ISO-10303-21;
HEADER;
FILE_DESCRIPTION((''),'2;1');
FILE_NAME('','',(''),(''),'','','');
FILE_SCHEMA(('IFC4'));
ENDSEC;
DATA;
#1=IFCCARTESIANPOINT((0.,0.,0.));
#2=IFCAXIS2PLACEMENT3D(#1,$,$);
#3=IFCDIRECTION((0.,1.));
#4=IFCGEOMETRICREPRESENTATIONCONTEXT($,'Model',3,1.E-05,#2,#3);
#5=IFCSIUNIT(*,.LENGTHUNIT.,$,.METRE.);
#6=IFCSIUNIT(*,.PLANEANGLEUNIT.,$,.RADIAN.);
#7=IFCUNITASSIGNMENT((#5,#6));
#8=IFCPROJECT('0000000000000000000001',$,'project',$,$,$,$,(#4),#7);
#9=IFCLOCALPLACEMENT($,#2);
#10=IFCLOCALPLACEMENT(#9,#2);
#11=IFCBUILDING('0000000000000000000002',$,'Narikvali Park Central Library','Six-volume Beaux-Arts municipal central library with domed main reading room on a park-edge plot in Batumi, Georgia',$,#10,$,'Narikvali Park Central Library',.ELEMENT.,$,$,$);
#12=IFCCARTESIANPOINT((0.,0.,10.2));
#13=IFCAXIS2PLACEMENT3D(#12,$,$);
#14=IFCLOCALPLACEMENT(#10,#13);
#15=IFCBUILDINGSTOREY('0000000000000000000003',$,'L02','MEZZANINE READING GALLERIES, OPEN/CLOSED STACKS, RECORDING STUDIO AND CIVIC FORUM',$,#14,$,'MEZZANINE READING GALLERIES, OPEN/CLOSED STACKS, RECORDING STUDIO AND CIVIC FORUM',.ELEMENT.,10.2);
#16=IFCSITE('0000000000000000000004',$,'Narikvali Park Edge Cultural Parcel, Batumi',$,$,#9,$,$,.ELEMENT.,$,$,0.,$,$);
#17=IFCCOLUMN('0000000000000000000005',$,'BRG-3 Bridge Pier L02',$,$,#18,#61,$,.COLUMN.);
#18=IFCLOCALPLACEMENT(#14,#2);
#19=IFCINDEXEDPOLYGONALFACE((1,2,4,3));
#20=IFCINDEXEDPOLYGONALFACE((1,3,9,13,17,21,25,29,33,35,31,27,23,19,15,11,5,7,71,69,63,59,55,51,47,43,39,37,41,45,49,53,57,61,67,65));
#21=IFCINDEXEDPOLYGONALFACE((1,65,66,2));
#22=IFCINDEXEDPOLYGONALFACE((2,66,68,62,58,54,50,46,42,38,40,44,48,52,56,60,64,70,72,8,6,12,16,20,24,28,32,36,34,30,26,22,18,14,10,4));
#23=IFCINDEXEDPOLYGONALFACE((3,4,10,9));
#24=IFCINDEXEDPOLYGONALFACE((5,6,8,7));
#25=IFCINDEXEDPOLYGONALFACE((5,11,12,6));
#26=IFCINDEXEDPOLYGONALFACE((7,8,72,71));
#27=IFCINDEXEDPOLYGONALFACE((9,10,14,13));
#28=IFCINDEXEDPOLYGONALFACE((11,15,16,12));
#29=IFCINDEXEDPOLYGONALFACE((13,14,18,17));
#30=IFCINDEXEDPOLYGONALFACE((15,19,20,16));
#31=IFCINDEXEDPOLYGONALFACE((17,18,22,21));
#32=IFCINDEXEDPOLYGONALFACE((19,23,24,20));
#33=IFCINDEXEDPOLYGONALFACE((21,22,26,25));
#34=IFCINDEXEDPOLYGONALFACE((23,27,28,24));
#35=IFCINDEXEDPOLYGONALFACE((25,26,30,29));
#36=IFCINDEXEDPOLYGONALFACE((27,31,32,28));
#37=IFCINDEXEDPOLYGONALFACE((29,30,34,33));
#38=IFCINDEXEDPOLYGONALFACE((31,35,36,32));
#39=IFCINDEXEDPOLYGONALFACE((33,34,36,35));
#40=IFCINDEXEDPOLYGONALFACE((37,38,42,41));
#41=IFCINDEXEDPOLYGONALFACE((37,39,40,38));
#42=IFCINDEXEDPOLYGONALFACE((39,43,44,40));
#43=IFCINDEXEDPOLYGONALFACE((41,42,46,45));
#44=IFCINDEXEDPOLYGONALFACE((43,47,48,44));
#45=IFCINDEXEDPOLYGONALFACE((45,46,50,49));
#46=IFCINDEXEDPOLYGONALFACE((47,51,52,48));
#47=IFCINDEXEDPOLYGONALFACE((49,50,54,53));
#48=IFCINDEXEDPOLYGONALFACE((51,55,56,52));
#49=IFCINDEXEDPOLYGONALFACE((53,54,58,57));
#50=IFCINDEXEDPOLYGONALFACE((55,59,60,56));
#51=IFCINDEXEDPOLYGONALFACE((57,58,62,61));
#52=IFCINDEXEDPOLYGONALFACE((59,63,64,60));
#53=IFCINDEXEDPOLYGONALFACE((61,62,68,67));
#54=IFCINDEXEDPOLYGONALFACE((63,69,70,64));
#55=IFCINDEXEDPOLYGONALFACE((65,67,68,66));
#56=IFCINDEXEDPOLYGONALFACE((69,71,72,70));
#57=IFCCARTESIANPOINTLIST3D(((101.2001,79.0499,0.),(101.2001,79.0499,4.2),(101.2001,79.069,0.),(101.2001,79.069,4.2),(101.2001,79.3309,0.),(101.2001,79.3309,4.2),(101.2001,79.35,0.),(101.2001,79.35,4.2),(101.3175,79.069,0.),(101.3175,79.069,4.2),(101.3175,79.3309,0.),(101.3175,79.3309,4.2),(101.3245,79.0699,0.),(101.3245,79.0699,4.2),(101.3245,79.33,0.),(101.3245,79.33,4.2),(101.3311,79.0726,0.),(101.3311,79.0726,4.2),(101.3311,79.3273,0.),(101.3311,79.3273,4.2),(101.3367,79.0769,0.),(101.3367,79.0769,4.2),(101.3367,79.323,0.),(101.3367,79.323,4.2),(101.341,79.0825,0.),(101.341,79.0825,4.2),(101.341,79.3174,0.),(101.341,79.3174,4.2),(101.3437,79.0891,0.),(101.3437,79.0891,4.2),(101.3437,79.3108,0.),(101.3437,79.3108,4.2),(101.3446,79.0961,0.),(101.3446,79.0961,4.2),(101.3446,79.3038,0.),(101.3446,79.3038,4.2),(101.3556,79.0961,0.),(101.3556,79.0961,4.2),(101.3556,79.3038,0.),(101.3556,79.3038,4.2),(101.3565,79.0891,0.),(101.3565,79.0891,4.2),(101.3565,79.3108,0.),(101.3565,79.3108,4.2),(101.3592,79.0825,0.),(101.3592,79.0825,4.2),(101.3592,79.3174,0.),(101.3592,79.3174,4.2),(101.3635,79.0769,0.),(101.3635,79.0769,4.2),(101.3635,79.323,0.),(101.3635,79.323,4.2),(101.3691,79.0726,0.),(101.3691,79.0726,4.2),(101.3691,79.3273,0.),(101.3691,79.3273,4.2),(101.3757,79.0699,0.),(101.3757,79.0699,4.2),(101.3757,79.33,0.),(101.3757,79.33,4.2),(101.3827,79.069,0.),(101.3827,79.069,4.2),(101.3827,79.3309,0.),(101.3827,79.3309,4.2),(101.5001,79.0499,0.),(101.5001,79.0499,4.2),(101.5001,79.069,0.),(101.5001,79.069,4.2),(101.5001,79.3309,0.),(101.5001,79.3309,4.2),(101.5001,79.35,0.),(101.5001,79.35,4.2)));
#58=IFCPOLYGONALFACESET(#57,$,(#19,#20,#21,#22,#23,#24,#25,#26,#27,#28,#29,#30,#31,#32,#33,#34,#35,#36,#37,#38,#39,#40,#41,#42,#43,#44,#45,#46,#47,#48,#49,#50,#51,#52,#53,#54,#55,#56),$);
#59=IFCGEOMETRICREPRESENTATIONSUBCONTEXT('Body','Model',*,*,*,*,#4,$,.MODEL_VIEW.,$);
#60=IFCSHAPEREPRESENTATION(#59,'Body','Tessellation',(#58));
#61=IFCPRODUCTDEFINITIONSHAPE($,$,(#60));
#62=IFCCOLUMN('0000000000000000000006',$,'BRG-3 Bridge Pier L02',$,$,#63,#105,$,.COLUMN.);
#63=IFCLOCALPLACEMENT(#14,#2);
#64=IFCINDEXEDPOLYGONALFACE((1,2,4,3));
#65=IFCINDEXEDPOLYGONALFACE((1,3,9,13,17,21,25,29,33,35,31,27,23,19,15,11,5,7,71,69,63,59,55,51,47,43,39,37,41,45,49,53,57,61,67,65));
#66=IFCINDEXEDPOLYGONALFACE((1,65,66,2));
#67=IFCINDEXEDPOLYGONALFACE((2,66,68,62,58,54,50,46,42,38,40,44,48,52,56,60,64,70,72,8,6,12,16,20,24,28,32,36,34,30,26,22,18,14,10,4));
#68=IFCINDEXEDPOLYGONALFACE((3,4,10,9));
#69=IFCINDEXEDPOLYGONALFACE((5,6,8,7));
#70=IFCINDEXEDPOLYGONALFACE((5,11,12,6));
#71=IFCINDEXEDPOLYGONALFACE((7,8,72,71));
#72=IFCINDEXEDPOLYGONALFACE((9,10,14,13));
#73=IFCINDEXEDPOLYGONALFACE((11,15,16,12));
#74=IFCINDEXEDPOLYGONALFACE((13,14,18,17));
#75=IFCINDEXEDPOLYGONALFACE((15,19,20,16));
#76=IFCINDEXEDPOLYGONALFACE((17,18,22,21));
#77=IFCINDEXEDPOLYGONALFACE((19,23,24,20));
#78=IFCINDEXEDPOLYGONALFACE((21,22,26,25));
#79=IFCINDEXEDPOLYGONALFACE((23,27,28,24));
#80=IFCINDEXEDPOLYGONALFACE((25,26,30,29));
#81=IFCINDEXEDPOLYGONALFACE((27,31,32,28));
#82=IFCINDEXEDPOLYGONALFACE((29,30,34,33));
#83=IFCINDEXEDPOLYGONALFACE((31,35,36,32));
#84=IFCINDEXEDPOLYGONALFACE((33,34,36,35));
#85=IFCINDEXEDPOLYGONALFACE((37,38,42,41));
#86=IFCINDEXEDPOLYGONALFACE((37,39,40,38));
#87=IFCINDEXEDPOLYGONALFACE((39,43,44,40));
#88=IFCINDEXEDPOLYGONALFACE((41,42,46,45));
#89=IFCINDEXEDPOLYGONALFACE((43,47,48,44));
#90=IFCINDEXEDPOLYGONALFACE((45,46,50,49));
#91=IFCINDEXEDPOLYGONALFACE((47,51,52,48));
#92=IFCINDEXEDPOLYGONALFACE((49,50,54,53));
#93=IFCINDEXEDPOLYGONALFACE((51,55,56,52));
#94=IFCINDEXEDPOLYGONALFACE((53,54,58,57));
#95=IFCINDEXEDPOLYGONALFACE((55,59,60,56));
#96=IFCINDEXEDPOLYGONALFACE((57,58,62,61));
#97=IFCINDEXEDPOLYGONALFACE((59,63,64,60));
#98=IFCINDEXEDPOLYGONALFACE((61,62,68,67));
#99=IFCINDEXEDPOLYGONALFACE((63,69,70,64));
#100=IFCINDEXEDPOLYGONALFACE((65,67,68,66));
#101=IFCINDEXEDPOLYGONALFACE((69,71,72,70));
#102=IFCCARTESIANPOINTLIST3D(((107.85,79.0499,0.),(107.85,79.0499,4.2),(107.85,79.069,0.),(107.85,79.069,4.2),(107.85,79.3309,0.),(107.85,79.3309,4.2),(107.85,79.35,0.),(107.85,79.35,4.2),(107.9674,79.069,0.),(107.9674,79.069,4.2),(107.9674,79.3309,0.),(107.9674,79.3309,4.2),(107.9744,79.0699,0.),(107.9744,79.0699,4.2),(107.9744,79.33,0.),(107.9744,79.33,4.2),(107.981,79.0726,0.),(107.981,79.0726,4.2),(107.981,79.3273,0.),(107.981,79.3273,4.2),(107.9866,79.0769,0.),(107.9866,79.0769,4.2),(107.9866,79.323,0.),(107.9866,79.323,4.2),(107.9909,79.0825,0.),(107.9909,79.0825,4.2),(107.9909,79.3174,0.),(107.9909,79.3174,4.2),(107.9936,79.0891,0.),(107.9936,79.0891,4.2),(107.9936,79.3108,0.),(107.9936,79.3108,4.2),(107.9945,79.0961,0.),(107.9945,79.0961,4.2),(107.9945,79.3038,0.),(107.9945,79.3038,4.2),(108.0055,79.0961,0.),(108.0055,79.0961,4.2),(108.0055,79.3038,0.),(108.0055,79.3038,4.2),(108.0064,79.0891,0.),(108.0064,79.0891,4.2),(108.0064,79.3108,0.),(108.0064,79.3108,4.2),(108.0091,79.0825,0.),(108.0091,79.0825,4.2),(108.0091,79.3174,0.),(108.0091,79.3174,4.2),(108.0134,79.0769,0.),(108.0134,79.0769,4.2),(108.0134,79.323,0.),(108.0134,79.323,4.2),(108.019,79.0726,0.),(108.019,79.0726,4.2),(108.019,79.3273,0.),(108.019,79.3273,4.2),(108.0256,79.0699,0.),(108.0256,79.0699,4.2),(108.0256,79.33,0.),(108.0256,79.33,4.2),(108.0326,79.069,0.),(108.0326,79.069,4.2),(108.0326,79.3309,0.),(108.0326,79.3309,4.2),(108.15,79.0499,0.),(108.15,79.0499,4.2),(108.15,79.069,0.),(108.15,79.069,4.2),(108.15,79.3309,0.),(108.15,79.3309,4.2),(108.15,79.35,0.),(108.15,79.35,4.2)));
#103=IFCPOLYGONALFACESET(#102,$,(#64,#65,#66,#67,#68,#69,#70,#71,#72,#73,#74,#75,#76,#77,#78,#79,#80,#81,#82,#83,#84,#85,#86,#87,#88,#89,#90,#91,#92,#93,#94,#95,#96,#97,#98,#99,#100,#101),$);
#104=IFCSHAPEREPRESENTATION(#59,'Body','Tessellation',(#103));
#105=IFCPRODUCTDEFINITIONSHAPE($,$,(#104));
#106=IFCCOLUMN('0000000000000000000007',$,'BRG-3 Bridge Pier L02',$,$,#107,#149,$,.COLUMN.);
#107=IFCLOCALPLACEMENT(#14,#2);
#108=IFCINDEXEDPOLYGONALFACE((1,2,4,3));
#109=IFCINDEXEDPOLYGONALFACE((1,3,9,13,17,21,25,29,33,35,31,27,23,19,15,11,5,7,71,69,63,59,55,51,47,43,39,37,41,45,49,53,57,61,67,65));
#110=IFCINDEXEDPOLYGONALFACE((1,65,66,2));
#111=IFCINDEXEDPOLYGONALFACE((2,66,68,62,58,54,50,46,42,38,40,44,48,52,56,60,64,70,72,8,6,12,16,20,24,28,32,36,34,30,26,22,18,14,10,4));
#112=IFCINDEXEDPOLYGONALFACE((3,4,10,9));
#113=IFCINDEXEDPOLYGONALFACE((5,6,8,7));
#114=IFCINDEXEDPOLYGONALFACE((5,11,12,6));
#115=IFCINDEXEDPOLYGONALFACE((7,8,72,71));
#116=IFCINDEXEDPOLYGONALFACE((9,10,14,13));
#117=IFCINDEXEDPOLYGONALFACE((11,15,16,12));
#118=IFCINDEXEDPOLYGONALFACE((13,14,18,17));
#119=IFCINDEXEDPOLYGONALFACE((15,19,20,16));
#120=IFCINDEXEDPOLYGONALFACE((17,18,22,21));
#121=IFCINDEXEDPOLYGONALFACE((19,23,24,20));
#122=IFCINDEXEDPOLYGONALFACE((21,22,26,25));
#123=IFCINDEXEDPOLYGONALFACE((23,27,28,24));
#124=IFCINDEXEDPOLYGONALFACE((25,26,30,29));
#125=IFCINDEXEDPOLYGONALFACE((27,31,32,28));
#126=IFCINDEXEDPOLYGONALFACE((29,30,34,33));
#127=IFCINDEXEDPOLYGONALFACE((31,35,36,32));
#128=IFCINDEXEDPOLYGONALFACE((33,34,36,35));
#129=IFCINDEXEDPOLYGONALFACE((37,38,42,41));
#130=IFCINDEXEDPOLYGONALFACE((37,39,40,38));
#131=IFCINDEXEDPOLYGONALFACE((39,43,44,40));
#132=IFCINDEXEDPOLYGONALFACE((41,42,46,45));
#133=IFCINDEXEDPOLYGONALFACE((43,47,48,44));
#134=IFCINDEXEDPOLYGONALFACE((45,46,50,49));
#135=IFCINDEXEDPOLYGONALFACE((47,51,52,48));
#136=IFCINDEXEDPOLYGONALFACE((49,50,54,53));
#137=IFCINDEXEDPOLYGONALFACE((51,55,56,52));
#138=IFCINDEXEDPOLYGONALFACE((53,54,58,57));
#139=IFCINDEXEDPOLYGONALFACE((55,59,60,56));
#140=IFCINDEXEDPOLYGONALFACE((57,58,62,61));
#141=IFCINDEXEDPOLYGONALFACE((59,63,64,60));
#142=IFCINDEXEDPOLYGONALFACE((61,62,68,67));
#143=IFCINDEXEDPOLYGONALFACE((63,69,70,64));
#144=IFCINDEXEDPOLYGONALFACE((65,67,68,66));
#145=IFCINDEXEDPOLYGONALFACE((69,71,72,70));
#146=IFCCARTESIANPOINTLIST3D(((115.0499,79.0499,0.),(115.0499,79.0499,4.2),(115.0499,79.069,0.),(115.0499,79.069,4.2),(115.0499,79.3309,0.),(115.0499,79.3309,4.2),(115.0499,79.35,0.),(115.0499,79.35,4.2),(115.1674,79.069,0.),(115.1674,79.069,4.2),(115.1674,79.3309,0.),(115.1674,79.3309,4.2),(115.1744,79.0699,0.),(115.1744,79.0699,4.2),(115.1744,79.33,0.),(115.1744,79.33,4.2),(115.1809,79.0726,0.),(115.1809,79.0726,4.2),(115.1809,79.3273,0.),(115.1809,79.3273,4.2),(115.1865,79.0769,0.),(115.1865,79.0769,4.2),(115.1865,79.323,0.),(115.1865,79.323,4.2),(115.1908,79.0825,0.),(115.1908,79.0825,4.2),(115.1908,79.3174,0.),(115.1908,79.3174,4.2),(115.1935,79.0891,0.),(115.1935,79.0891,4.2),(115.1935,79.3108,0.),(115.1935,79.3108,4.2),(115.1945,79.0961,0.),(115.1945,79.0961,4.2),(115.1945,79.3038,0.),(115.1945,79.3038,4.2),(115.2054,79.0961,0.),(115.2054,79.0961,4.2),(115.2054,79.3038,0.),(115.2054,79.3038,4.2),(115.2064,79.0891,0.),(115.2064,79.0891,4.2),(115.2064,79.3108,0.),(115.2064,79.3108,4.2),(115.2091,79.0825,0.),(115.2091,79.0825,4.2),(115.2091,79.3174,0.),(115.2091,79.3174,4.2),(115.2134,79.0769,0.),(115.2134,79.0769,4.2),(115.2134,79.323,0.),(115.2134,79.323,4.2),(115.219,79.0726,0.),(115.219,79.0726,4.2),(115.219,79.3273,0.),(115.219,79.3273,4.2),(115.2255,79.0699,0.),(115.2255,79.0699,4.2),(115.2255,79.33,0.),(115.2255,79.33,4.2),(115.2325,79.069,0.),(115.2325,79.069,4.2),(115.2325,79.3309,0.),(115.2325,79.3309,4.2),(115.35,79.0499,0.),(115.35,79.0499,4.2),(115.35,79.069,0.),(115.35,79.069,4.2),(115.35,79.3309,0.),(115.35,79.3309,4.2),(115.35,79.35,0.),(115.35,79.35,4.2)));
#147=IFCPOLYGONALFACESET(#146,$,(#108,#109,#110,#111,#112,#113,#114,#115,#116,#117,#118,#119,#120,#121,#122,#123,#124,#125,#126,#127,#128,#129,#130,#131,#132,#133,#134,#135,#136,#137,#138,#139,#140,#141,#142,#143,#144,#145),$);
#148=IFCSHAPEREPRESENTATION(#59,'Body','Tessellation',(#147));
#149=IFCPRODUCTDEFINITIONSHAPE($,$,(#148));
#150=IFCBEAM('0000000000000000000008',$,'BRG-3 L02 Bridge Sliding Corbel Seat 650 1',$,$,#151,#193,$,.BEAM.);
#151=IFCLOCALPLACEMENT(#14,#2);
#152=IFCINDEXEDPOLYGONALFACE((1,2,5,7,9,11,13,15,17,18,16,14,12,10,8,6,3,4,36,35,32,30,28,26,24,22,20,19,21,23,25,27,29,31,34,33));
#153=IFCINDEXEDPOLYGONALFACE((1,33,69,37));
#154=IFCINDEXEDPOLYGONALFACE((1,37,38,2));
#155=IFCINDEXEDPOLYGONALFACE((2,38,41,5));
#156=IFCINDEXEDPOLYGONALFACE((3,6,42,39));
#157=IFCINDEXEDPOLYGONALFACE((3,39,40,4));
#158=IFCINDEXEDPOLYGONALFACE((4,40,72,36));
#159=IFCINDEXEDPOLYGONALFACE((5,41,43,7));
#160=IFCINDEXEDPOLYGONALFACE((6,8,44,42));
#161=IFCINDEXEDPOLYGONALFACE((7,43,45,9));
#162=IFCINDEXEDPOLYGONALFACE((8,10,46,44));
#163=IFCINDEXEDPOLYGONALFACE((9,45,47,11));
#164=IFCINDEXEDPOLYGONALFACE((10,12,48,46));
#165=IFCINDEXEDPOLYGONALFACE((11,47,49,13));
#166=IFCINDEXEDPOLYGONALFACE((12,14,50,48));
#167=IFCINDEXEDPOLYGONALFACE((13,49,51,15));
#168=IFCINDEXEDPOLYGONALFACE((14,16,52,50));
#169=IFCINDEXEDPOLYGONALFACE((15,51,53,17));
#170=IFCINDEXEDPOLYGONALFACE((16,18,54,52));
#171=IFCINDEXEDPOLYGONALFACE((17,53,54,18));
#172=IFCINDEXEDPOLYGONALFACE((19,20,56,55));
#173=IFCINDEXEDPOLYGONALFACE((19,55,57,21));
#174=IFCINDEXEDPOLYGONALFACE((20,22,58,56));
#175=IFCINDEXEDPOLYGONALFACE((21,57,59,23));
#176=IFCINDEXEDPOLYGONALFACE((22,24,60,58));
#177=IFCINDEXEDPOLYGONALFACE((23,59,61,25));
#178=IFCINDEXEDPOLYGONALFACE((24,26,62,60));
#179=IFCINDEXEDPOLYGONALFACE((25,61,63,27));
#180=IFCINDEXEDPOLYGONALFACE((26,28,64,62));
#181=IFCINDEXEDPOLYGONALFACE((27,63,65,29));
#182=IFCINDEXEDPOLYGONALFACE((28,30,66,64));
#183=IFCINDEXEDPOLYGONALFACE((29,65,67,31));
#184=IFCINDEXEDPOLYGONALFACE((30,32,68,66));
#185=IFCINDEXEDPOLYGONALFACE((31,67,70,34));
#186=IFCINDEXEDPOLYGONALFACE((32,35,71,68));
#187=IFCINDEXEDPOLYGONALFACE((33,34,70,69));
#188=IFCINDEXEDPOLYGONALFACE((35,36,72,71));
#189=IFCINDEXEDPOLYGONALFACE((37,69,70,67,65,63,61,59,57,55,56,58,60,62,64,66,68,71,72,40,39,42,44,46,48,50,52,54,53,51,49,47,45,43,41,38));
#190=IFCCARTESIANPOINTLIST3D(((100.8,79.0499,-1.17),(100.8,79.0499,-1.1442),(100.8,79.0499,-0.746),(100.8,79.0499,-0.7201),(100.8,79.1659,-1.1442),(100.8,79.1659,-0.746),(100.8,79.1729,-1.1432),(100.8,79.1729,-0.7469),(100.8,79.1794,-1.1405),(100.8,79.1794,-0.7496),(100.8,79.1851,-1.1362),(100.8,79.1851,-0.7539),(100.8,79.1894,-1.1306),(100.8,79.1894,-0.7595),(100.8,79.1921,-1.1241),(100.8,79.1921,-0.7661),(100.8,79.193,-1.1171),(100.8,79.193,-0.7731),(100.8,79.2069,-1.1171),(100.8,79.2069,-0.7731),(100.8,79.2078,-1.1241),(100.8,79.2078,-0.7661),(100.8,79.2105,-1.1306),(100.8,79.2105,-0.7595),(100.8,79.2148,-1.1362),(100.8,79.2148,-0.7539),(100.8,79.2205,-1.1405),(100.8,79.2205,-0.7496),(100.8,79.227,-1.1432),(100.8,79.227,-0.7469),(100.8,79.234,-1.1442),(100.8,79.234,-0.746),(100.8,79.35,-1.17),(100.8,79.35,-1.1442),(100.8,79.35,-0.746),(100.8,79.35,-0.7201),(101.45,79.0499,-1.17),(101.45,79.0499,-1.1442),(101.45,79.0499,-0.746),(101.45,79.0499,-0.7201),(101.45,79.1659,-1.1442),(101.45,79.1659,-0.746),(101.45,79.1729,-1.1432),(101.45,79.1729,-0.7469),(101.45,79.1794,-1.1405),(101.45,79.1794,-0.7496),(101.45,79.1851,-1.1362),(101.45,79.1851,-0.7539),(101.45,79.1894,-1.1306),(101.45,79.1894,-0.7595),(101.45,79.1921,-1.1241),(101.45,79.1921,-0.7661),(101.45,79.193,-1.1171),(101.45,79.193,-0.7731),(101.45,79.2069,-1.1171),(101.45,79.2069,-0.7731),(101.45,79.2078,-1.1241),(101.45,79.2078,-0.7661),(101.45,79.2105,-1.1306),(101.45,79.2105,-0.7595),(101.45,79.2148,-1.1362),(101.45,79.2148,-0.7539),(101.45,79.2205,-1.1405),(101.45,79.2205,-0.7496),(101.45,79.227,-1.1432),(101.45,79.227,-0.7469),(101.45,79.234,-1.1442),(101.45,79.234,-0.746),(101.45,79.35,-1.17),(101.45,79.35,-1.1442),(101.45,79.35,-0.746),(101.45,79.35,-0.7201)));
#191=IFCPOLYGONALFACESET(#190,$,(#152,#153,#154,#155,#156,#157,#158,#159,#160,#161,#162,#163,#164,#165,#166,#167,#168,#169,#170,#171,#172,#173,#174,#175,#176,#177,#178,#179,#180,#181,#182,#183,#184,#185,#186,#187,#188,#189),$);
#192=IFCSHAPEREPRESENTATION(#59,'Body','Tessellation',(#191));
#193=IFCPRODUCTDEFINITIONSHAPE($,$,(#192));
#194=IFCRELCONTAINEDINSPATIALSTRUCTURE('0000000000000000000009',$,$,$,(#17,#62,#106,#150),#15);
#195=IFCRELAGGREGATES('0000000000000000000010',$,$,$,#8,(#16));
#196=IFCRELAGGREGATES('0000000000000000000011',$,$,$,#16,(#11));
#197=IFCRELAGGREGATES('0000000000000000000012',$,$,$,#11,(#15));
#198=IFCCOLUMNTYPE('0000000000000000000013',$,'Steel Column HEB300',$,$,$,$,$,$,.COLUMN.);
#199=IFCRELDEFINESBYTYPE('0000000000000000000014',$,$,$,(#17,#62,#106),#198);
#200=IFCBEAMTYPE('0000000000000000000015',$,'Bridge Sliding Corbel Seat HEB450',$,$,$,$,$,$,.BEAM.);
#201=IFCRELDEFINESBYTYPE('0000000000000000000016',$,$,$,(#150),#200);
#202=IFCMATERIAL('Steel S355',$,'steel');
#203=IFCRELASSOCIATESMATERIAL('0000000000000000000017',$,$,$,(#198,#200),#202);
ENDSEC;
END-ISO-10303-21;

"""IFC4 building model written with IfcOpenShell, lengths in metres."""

from ifc_helpers import new_model, si_unit, direction, frame, origin, origin_2d, place, context, subcontext, project, spatial, i_section, extrude, material, material_profile, profile_set, type_object, element, save


model = new_model("IFC4")

# Units and contexts
model_context = context("Model", 3, precision=1e-05, world=origin(), true_north=direction((0.0, 1.0)))
body_context = subcontext(model_context, "Body", "Model", "MODEL_VIEW")
ifc_project = project(units=[si_unit("LENGTHUNIT", "METRE"), si_unit("PLANEANGLEUNIT", "RADIAN")], contexts=[model_context])

# Site, building, storey
site_placement = place(None, origin())
site = spatial("IfcSite", under=ifc_project, at=site_placement, Name="Narikvali Park Edge Cultural Parcel, Batumi", CompositionType="ELEMENT", RefElevation=0.0)
building_placement = place(site_placement, origin())
building = spatial("IfcBuilding", under=site, at=building_placement, Name="Narikvali Park Central Library", Description="Six-volume Beaux-Arts municipal central library with domed main reading room on a park-edge plot in Batumi, Georgia", LongName="Narikvali Park Central Library", CompositionType="ELEMENT")
storey_placement = place(building_placement, frame((0.0, 0.0, 10.2)))
storey = spatial("IfcBuildingStorey", under=building, at=storey_placement, Name="L02", Description="MEZZANINE READING GALLERIES, OPEN/CLOSED STACKS, RECORDING STUDIO AND CIVIC FORUM", LongName="MEZZANINE READING GALLERIES, OPEN/CLOSED STACKS, RECORDING STUDIO AND CIVIC FORUM", CompositionType="ELEMENT", Elevation=10.2)

# Columns
ifc_material_1 = material(Name="Steel S355", Category="steel")
ifc_material_profile_1 = material_profile(ifc_material_1, i_section(OverallWidth=0.3, OverallDepth=0.3, WebThickness=0.011, FlangeThickness=0.019, FilletRadius=0.0271, at=origin_2d()), Name="HEB 300")
ifc_profile_set_1 = profile_set([ifc_material_profile_1], Name="Steel S355")
column_type = type_object("IfcColumnType", Name="Steel Column HEB300", PredefinedType="COLUMN", material=ifc_profile_set_1)
for number, where, z_axis, x_axis, name in (
    (1, (101.3501, 79.2, 0.0), (0.0, 0.0, 1.0), (1.0, 0.0, 0.0), "BRG-3 Bridge Pier L02"),
    (2, (108.0, 79.2, 0.0), (0.0, 0.0, 1.0), (1.0, 0.0, 0.0), "BRG-3 Bridge Pier L02"),
    (3, (115.2, 79.2, 0.0), (0.0, 0.0, 1.0), (1.0, 0.0, 0.0), "BRG-3 Bridge Pier L02"),
):
    element("IfcColumn", number, at=place(storey_placement, frame(where, z_axis=z_axis, x_axis=x_axis)), inside=storey, type_object=column_type, Name=name, PredefinedType="COLUMN", context=body_context, shape_type="SweptSolid", body=[
        extrude(i_section(OverallWidth=0.3, OverallDepth=0.3, WebThickness=0.011, FlangeThickness=0.019, FilletRadius=0.0271, at=origin_2d()), origin(), (0.0, 0.0, 1.0), 4.2),
    ])

# Beam
ifc_material_profile_2 = material_profile(ifc_material_1, i_section(OverallWidth=0.3, OverallDepth=0.45, WebThickness=0.0139, FlangeThickness=0.0259, FilletRadius=0.0271, at=origin_2d()), Name="HEB 450")
ifc_profile_set_2 = profile_set([ifc_material_profile_2], Name="Steel S355")
beam_type_1 = type_object("IfcBeamType", Name="Bridge Sliding Corbel Seat HEB450", PredefinedType="BEAM", material=ifc_profile_set_2)
beam_1_placement = place(storey_placement, frame((100.8, 79.2, -0.9451), z_axis=(1.0, 0.0, 0.0), x_axis=(0.0, 1.0, 0.0)))
element("IfcBeam", 4, at=beam_1_placement, inside=storey, type_object=beam_type_1, Name="BRG-3 L02 Bridge Sliding Corbel Seat 650 1", PredefinedType="BEAM", context=body_context, shape_type="SweptSolid", body=[
    extrude(i_section(OverallWidth=0.3, OverallDepth=0.45, WebThickness=0.0139, FlangeThickness=0.0259, FilletRadius=0.0271, at=origin_2d()), origin(), (0.0, 0.0, 1.0), 0.6499),
])

save(model, "model.ifc")
